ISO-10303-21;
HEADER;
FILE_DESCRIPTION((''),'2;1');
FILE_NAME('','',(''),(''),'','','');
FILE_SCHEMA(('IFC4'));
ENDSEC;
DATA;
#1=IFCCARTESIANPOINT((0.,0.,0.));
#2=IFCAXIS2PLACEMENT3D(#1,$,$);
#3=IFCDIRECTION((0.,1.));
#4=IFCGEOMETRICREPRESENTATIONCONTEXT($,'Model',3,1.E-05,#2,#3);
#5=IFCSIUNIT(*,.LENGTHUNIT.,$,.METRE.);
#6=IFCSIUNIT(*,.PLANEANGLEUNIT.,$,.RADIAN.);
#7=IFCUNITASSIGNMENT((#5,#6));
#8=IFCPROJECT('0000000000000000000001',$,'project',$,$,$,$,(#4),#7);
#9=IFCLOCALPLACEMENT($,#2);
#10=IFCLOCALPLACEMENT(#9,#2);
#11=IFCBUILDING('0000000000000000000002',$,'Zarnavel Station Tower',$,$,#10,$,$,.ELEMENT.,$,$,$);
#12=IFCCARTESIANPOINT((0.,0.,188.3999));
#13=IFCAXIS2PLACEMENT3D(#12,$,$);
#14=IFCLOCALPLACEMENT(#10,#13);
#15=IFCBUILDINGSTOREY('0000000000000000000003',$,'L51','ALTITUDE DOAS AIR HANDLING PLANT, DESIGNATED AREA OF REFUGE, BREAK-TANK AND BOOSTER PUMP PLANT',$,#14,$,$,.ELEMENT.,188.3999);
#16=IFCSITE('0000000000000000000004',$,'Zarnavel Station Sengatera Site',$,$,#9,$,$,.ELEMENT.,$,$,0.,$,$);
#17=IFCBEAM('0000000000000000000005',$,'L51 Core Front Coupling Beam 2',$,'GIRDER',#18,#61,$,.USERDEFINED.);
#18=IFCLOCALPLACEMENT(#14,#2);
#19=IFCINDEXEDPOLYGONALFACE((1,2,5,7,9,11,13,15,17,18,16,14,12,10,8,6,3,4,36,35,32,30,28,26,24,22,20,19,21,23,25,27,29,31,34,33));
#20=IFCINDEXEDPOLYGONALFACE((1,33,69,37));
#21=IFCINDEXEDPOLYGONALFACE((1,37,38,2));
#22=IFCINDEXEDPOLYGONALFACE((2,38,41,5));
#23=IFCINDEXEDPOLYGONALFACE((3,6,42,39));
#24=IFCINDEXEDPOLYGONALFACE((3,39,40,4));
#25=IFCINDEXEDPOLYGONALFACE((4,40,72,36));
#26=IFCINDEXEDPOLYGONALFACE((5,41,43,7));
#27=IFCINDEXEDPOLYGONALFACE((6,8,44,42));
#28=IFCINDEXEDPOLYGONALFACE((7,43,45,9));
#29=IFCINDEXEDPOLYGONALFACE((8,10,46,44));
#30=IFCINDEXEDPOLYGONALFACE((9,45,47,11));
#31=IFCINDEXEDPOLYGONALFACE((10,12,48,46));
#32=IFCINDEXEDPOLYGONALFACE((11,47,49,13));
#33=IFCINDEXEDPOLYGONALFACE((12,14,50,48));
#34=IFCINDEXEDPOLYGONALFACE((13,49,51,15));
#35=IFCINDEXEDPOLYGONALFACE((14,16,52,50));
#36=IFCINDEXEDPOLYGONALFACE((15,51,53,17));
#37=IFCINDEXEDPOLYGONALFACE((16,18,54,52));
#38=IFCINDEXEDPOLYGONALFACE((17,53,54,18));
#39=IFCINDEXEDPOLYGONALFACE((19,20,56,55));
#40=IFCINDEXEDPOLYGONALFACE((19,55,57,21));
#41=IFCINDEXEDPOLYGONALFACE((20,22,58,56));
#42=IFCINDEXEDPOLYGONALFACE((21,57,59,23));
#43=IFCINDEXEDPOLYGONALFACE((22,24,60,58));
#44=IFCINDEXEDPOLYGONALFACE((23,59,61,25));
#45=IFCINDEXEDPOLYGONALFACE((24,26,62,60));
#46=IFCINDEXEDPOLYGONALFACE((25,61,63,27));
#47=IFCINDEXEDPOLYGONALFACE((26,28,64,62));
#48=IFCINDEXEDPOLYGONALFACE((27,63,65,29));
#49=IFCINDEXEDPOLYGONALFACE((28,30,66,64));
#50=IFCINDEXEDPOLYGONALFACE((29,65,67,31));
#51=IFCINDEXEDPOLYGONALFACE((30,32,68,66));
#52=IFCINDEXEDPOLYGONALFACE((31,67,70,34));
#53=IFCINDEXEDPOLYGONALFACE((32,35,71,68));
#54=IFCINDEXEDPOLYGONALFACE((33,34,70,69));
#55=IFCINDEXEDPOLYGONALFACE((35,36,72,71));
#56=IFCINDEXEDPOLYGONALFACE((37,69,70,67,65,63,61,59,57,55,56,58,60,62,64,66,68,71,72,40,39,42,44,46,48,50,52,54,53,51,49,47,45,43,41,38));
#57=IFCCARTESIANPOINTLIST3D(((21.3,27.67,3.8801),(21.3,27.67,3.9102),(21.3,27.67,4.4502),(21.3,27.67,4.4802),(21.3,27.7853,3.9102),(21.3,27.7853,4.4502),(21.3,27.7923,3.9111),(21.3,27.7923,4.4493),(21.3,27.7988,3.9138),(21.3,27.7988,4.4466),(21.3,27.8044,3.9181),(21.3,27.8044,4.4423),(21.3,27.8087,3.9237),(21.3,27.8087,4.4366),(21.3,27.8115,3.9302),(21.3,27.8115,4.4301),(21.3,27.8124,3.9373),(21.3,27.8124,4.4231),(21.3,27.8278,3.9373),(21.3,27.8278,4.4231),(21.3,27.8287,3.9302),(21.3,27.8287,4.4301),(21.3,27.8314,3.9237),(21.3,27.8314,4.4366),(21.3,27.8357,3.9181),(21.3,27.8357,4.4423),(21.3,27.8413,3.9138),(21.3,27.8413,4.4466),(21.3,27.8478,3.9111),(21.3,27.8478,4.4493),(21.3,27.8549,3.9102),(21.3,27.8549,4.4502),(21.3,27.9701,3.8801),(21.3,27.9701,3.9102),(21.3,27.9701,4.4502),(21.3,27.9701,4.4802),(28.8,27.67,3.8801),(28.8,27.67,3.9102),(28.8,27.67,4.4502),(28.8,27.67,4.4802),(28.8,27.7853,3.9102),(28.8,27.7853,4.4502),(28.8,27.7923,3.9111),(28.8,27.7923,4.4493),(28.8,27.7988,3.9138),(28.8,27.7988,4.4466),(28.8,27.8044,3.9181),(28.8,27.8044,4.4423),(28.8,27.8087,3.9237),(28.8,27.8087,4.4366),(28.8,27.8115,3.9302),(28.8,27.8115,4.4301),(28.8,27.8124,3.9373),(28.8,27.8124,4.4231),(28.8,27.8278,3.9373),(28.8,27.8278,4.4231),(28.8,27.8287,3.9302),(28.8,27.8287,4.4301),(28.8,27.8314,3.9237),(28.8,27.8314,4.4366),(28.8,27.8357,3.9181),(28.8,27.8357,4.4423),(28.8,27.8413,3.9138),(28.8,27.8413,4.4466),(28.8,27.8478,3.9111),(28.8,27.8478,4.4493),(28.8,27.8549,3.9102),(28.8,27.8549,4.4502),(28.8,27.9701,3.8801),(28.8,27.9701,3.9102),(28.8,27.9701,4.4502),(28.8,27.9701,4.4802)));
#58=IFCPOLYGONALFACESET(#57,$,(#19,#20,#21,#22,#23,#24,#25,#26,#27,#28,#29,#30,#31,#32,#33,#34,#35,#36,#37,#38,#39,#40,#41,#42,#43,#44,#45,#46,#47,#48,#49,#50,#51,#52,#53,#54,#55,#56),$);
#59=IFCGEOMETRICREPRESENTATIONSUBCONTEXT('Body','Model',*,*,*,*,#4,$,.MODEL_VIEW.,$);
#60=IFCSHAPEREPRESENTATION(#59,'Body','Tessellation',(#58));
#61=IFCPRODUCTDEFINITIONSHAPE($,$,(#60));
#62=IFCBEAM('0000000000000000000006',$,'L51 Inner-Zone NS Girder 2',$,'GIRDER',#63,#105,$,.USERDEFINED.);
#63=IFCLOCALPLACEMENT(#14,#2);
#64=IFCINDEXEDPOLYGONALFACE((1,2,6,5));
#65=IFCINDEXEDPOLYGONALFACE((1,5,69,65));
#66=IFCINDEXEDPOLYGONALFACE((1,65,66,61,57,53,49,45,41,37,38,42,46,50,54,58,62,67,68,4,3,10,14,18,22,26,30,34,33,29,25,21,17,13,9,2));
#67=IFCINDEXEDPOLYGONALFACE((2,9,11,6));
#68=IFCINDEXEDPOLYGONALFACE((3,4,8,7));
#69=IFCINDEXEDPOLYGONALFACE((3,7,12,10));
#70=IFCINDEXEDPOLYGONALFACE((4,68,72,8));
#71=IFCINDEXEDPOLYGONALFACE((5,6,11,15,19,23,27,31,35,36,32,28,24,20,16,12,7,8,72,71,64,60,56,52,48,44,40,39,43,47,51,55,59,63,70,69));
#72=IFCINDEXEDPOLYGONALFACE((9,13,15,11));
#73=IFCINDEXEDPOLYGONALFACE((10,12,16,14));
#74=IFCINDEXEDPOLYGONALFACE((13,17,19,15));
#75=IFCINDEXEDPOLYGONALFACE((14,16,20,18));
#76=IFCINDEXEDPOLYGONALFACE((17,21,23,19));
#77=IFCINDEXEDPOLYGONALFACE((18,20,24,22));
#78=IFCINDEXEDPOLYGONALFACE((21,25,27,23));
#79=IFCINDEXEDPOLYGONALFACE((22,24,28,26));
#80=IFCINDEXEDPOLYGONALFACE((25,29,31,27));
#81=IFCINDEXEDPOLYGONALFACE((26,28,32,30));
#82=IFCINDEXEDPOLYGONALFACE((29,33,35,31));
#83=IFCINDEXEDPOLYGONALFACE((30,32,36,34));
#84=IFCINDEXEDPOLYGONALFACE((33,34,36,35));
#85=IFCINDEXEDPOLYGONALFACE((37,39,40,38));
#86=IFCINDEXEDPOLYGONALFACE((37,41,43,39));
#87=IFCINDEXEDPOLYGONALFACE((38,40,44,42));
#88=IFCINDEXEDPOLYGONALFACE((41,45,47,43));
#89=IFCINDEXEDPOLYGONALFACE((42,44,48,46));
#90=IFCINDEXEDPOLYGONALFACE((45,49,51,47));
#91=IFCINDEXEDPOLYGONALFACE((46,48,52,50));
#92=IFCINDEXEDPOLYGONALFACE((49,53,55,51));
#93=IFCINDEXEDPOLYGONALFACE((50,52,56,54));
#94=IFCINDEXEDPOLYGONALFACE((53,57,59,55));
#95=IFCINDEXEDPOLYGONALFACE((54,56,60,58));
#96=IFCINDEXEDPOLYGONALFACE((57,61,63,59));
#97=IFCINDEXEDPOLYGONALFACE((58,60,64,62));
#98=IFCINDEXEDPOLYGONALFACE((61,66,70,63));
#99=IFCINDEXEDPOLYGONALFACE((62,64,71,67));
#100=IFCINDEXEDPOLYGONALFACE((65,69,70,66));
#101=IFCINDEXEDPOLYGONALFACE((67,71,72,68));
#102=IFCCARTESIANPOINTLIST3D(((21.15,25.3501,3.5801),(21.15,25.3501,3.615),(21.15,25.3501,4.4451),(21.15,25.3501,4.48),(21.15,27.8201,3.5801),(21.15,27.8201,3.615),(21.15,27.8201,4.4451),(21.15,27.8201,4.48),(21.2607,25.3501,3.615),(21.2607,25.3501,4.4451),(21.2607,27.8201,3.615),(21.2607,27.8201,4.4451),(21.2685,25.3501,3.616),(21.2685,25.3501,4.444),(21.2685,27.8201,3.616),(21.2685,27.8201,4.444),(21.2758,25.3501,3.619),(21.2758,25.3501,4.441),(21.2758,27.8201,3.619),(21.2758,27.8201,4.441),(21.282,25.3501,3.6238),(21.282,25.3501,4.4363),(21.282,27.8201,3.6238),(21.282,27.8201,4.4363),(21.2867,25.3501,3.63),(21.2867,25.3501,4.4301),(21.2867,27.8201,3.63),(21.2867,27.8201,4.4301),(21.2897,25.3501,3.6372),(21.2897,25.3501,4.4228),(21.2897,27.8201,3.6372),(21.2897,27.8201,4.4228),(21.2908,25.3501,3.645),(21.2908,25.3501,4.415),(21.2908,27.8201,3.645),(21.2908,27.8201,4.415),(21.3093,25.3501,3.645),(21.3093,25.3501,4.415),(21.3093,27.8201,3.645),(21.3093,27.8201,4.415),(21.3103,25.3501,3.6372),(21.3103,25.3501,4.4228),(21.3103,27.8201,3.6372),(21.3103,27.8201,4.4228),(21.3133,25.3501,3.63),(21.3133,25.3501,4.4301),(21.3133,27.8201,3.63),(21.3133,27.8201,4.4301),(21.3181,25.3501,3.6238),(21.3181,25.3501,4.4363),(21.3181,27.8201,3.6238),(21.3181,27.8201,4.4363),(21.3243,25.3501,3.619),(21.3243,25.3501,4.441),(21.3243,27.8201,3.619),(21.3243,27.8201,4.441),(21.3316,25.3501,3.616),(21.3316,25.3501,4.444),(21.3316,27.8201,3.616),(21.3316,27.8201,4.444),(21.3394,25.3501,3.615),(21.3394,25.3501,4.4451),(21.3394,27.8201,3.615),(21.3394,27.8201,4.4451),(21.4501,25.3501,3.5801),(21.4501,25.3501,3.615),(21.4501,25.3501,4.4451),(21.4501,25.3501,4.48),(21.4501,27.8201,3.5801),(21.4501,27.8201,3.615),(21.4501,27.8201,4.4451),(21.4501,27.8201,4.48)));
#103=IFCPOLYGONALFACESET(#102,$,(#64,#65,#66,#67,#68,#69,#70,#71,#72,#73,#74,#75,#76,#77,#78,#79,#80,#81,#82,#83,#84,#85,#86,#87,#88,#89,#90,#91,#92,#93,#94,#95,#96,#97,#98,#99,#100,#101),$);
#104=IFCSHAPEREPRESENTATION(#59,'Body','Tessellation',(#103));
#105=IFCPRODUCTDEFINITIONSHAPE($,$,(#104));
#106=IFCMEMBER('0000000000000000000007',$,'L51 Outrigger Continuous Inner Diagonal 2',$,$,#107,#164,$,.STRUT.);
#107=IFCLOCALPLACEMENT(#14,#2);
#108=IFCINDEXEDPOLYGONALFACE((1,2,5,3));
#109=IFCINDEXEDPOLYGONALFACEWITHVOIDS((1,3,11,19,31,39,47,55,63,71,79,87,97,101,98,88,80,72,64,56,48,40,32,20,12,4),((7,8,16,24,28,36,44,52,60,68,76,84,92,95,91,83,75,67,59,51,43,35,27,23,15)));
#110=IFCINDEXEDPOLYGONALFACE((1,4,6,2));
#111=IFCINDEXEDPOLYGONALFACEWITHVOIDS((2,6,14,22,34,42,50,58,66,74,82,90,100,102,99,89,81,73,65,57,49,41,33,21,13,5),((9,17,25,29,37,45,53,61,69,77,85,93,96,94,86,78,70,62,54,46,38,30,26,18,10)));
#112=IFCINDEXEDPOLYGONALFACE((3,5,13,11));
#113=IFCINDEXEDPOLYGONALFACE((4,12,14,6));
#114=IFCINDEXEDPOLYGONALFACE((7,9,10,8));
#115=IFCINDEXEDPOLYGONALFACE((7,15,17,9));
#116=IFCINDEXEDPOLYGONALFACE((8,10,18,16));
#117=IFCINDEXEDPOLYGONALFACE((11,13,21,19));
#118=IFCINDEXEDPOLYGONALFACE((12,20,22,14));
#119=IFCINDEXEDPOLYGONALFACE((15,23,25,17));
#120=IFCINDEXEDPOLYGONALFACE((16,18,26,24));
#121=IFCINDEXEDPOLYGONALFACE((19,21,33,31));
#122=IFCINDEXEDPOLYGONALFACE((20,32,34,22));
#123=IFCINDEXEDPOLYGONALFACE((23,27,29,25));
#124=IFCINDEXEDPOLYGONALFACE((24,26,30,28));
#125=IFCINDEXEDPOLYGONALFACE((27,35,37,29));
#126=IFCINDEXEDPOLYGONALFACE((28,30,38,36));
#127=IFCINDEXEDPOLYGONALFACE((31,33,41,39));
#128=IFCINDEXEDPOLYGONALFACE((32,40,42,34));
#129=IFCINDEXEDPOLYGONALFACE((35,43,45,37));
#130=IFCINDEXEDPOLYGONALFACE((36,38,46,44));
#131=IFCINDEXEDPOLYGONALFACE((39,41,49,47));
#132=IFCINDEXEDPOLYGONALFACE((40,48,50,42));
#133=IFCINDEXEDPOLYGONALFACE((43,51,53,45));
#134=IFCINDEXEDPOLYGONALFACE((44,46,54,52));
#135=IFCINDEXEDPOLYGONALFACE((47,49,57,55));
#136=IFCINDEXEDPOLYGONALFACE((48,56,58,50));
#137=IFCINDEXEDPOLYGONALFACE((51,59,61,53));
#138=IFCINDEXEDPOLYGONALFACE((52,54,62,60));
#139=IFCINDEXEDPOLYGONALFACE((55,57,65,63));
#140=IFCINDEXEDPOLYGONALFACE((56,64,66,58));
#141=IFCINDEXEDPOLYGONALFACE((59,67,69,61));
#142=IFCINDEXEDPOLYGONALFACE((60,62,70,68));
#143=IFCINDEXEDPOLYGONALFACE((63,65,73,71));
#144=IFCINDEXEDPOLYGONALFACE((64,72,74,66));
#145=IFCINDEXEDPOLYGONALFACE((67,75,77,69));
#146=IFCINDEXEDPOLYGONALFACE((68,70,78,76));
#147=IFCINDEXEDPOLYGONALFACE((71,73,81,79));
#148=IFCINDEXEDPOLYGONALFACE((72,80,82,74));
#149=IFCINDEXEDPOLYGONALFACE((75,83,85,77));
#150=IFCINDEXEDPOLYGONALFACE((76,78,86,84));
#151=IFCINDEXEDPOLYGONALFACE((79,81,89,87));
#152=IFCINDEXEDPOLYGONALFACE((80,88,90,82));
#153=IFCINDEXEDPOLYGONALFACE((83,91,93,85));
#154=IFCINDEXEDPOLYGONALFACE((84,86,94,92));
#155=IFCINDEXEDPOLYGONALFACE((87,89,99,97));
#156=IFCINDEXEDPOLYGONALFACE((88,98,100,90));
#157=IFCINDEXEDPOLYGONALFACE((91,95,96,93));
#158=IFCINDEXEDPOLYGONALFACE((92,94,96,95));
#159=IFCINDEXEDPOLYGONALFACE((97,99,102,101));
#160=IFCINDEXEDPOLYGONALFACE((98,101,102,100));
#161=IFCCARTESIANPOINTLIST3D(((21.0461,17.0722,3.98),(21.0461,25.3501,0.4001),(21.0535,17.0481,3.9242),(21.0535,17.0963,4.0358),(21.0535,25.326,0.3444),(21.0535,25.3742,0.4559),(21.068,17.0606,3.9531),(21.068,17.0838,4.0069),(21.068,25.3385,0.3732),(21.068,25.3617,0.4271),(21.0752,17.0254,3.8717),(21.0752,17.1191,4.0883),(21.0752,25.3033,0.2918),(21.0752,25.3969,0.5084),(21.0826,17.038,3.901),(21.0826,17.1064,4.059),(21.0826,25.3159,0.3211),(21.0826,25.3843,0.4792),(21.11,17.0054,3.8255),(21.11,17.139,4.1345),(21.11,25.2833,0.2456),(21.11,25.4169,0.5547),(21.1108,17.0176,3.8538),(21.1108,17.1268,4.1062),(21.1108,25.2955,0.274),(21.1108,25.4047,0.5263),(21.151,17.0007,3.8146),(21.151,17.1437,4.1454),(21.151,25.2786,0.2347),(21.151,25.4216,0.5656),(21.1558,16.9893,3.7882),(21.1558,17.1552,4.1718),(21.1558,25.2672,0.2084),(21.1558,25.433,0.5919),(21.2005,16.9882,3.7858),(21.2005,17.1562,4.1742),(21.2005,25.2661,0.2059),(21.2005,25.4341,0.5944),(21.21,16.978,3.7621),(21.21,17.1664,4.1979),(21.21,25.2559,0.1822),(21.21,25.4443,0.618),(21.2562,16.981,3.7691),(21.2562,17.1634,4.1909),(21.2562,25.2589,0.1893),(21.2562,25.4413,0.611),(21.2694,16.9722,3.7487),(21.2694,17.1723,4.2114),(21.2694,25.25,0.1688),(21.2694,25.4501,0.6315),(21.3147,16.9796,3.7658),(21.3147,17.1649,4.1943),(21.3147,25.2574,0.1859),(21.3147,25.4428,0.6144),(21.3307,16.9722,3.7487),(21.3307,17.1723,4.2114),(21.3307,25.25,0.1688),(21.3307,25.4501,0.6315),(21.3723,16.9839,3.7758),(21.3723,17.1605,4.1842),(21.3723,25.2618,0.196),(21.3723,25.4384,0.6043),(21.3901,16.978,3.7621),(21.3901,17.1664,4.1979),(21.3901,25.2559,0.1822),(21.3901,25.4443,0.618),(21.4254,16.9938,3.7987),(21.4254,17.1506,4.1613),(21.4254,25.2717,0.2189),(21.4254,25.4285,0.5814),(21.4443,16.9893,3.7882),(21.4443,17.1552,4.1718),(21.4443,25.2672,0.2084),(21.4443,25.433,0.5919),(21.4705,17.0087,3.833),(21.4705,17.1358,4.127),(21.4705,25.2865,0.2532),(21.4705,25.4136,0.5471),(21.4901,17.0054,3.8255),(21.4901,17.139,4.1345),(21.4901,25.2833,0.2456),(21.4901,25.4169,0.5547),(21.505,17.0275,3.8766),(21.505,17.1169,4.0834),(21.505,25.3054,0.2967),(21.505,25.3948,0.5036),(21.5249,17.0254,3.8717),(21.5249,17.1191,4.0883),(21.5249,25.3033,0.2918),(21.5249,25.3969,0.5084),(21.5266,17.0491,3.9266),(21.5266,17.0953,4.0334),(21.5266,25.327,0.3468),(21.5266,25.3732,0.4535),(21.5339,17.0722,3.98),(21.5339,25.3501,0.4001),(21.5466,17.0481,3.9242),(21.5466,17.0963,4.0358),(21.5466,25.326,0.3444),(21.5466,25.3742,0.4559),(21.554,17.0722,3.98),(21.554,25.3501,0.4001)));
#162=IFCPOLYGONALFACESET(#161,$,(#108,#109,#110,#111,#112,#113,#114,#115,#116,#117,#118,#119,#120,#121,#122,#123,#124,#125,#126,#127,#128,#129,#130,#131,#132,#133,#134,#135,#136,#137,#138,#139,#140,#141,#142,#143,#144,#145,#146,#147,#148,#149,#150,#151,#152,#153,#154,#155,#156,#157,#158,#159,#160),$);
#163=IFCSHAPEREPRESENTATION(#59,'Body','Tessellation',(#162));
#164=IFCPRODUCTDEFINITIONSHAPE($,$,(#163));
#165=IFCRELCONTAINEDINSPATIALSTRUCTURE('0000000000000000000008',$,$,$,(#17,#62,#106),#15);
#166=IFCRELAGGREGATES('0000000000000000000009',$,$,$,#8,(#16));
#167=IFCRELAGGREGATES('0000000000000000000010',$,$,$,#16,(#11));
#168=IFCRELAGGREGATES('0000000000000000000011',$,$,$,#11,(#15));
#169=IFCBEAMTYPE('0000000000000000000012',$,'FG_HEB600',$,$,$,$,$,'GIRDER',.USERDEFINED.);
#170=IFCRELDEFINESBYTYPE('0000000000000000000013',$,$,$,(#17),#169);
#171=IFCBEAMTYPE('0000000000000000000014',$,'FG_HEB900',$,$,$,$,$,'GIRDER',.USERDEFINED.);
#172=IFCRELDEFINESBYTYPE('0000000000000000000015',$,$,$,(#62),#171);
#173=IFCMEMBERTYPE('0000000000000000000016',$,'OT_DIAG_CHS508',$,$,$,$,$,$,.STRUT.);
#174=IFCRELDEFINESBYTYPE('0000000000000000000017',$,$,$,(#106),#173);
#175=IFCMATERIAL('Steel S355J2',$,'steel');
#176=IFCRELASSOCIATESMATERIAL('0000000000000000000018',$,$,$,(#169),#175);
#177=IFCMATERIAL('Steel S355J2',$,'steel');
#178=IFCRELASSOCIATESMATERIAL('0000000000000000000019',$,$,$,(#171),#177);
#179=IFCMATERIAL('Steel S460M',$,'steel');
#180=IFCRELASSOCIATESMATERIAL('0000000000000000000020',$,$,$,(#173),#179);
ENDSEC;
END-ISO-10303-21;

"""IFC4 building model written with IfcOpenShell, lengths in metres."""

from ifc_helpers import new_model, si_unit, direction, frame, origin, origin_2d, place, context, subcontext, project, spatial, hollow_circle, i_section, extrude, material, material_profile, profile_set, type_object, element, save


model = new_model("IFC4")

# Units and contexts
model_context = context("Model", 3, precision=1e-05, world=origin(), true_north=direction((0.0, 1.0)))
body_context = subcontext(model_context, "Body", "Model", "MODEL_VIEW")
ifc_project = project(units=[si_unit("LENGTHUNIT", "METRE"), si_unit("PLANEANGLEUNIT", "RADIAN")], contexts=[model_context])

# Site, building, storey
site_placement = place(None, origin())
site = spatial("IfcSite", under=ifc_project, at=site_placement, Name="Zarnavel Station Sengatera Site", CompositionType="ELEMENT", RefElevation=0.0)
building_placement = place(site_placement, origin())
building = spatial("IfcBuilding", under=site, at=building_placement, Name="Zarnavel Station Tower", CompositionType="ELEMENT")
storey_placement = place(building_placement, frame((0.0, 0.0, 188.3999)))
storey = spatial("IfcBuildingStorey", under=building, at=storey_placement, Name="L51", Description="ALTITUDE DOAS AIR HANDLING PLANT, DESIGNATED AREA OF REFUGE, BREAK-TANK AND BOOSTER PUMP PLANT", CompositionType="ELEMENT", Elevation=188.3999)

# Beams
ifc_material_1 = material(Name="Steel S355J2", Category="steel")
ifc_material_profile_1 = material_profile(ifc_material_1, i_section(OverallWidth=0.3, OverallDepth=0.6001, WebThickness=0.0154, FlangeThickness=0.03, FilletRadius=0.0271, at=origin_2d()), Name="HEB600")
ifc_profile_set_1 = profile_set([ifc_material_profile_1], Name="Steel S355J2")
beam_type_1 = type_object("IfcBeamType", Name="FG_HEB600", ElementType="GIRDER", PredefinedType="USERDEFINED", material=ifc_profile_set_1)
beam_1_placement = place(storey_placement, frame((21.3, 27.8201, 4.1802), z_axis=(1.0, 0.0, 0.0), x_axis=(0.0, 1.0, 0.0)))
element("IfcBeam", 1, at=beam_1_placement, inside=storey, type_object=beam_type_1, Name="L51 Core Front Coupling Beam 2", ObjectType="GIRDER", PredefinedType="USERDEFINED", context=body_context, shape_type="SweptSolid", body=[
    extrude(i_section(OverallWidth=0.3, OverallDepth=0.6001, WebThickness=0.0154, FlangeThickness=0.03, FilletRadius=0.0271, at=origin_2d()), origin(), (0.0, 0.0, 1.0), 7.5),
])
ifc_material_2 = material(Name="Steel S355J2", Category="steel")
ifc_material_profile_2 = material_profile(ifc_material_2, i_section(OverallWidth=0.3, OverallDepth=0.8999, WebThickness=0.0186, FlangeThickness=0.0349, FilletRadius=0.03, at=origin_2d()), Name="HEB900")
ifc_profile_set_2 = profile_set([ifc_material_profile_2], Name="Steel S355J2")
beam_type_2 = type_object("IfcBeamType", Name="FG_HEB900", ElementType="GIRDER", PredefinedType="USERDEFINED", material=ifc_profile_set_2)
beam_2_placement = place(storey_placement, frame((21.3, 25.3501, 4.03), z_axis=(0.0, 1.0, 0.0), x_axis=(-1.0, 0.0, 0.0)))
element("IfcBeam", 2, at=beam_2_placement, inside=storey, type_object=beam_type_2, Name="L51 Inner-Zone NS Girder 2", ObjectType="GIRDER", PredefinedType="USERDEFINED", context=body_context, shape_type="SweptSolid", body=[
    extrude(i_section(OverallWidth=0.3, OverallDepth=0.8999, WebThickness=0.0186, FlangeThickness=0.0349, FilletRadius=0.03, at=origin_2d()), origin(), (0.0, 0.0, 1.0), 2.47),
])

# Member
ifc_material_3 = material(Name="Steel S460M", Category="steel")
ifc_material_profile_3 = material_profile(ifc_material_3, hollow_circle(Radius=0.2539, WallThickness=0.02, at=origin_2d()), Name="CHS508x20")
ifc_profile_set_3 = profile_set([ifc_material_profile_3], Name="Steel S460M")
member_type_1 = type_object("IfcMemberType", Name="OT_DIAG_CHS508", PredefinedType="STRUT", material=ifc_profile_set_3)
member_1_placement = place(storey_placement, frame((21.3, 25.3501, 0.4001), z_axis=(0.0, -0.917848, 0.396933), x_axis=(1.0, 0.0, 0.0)))
element("IfcMember", 3, at=member_1_placement, inside=storey, type_object=member_type_1, Name="L51 Outrigger Continuous Inner Diagonal 2", PredefinedType="STRUT", context=body_context, shape_type="SweptSolid", body=[
    extrude(hollow_circle(Radius=0.2539, WallThickness=0.02, at=origin_2d()), origin(), (0.0, 0.0, 1.0), 9.0188),
])

save(model, "model.ifc")
